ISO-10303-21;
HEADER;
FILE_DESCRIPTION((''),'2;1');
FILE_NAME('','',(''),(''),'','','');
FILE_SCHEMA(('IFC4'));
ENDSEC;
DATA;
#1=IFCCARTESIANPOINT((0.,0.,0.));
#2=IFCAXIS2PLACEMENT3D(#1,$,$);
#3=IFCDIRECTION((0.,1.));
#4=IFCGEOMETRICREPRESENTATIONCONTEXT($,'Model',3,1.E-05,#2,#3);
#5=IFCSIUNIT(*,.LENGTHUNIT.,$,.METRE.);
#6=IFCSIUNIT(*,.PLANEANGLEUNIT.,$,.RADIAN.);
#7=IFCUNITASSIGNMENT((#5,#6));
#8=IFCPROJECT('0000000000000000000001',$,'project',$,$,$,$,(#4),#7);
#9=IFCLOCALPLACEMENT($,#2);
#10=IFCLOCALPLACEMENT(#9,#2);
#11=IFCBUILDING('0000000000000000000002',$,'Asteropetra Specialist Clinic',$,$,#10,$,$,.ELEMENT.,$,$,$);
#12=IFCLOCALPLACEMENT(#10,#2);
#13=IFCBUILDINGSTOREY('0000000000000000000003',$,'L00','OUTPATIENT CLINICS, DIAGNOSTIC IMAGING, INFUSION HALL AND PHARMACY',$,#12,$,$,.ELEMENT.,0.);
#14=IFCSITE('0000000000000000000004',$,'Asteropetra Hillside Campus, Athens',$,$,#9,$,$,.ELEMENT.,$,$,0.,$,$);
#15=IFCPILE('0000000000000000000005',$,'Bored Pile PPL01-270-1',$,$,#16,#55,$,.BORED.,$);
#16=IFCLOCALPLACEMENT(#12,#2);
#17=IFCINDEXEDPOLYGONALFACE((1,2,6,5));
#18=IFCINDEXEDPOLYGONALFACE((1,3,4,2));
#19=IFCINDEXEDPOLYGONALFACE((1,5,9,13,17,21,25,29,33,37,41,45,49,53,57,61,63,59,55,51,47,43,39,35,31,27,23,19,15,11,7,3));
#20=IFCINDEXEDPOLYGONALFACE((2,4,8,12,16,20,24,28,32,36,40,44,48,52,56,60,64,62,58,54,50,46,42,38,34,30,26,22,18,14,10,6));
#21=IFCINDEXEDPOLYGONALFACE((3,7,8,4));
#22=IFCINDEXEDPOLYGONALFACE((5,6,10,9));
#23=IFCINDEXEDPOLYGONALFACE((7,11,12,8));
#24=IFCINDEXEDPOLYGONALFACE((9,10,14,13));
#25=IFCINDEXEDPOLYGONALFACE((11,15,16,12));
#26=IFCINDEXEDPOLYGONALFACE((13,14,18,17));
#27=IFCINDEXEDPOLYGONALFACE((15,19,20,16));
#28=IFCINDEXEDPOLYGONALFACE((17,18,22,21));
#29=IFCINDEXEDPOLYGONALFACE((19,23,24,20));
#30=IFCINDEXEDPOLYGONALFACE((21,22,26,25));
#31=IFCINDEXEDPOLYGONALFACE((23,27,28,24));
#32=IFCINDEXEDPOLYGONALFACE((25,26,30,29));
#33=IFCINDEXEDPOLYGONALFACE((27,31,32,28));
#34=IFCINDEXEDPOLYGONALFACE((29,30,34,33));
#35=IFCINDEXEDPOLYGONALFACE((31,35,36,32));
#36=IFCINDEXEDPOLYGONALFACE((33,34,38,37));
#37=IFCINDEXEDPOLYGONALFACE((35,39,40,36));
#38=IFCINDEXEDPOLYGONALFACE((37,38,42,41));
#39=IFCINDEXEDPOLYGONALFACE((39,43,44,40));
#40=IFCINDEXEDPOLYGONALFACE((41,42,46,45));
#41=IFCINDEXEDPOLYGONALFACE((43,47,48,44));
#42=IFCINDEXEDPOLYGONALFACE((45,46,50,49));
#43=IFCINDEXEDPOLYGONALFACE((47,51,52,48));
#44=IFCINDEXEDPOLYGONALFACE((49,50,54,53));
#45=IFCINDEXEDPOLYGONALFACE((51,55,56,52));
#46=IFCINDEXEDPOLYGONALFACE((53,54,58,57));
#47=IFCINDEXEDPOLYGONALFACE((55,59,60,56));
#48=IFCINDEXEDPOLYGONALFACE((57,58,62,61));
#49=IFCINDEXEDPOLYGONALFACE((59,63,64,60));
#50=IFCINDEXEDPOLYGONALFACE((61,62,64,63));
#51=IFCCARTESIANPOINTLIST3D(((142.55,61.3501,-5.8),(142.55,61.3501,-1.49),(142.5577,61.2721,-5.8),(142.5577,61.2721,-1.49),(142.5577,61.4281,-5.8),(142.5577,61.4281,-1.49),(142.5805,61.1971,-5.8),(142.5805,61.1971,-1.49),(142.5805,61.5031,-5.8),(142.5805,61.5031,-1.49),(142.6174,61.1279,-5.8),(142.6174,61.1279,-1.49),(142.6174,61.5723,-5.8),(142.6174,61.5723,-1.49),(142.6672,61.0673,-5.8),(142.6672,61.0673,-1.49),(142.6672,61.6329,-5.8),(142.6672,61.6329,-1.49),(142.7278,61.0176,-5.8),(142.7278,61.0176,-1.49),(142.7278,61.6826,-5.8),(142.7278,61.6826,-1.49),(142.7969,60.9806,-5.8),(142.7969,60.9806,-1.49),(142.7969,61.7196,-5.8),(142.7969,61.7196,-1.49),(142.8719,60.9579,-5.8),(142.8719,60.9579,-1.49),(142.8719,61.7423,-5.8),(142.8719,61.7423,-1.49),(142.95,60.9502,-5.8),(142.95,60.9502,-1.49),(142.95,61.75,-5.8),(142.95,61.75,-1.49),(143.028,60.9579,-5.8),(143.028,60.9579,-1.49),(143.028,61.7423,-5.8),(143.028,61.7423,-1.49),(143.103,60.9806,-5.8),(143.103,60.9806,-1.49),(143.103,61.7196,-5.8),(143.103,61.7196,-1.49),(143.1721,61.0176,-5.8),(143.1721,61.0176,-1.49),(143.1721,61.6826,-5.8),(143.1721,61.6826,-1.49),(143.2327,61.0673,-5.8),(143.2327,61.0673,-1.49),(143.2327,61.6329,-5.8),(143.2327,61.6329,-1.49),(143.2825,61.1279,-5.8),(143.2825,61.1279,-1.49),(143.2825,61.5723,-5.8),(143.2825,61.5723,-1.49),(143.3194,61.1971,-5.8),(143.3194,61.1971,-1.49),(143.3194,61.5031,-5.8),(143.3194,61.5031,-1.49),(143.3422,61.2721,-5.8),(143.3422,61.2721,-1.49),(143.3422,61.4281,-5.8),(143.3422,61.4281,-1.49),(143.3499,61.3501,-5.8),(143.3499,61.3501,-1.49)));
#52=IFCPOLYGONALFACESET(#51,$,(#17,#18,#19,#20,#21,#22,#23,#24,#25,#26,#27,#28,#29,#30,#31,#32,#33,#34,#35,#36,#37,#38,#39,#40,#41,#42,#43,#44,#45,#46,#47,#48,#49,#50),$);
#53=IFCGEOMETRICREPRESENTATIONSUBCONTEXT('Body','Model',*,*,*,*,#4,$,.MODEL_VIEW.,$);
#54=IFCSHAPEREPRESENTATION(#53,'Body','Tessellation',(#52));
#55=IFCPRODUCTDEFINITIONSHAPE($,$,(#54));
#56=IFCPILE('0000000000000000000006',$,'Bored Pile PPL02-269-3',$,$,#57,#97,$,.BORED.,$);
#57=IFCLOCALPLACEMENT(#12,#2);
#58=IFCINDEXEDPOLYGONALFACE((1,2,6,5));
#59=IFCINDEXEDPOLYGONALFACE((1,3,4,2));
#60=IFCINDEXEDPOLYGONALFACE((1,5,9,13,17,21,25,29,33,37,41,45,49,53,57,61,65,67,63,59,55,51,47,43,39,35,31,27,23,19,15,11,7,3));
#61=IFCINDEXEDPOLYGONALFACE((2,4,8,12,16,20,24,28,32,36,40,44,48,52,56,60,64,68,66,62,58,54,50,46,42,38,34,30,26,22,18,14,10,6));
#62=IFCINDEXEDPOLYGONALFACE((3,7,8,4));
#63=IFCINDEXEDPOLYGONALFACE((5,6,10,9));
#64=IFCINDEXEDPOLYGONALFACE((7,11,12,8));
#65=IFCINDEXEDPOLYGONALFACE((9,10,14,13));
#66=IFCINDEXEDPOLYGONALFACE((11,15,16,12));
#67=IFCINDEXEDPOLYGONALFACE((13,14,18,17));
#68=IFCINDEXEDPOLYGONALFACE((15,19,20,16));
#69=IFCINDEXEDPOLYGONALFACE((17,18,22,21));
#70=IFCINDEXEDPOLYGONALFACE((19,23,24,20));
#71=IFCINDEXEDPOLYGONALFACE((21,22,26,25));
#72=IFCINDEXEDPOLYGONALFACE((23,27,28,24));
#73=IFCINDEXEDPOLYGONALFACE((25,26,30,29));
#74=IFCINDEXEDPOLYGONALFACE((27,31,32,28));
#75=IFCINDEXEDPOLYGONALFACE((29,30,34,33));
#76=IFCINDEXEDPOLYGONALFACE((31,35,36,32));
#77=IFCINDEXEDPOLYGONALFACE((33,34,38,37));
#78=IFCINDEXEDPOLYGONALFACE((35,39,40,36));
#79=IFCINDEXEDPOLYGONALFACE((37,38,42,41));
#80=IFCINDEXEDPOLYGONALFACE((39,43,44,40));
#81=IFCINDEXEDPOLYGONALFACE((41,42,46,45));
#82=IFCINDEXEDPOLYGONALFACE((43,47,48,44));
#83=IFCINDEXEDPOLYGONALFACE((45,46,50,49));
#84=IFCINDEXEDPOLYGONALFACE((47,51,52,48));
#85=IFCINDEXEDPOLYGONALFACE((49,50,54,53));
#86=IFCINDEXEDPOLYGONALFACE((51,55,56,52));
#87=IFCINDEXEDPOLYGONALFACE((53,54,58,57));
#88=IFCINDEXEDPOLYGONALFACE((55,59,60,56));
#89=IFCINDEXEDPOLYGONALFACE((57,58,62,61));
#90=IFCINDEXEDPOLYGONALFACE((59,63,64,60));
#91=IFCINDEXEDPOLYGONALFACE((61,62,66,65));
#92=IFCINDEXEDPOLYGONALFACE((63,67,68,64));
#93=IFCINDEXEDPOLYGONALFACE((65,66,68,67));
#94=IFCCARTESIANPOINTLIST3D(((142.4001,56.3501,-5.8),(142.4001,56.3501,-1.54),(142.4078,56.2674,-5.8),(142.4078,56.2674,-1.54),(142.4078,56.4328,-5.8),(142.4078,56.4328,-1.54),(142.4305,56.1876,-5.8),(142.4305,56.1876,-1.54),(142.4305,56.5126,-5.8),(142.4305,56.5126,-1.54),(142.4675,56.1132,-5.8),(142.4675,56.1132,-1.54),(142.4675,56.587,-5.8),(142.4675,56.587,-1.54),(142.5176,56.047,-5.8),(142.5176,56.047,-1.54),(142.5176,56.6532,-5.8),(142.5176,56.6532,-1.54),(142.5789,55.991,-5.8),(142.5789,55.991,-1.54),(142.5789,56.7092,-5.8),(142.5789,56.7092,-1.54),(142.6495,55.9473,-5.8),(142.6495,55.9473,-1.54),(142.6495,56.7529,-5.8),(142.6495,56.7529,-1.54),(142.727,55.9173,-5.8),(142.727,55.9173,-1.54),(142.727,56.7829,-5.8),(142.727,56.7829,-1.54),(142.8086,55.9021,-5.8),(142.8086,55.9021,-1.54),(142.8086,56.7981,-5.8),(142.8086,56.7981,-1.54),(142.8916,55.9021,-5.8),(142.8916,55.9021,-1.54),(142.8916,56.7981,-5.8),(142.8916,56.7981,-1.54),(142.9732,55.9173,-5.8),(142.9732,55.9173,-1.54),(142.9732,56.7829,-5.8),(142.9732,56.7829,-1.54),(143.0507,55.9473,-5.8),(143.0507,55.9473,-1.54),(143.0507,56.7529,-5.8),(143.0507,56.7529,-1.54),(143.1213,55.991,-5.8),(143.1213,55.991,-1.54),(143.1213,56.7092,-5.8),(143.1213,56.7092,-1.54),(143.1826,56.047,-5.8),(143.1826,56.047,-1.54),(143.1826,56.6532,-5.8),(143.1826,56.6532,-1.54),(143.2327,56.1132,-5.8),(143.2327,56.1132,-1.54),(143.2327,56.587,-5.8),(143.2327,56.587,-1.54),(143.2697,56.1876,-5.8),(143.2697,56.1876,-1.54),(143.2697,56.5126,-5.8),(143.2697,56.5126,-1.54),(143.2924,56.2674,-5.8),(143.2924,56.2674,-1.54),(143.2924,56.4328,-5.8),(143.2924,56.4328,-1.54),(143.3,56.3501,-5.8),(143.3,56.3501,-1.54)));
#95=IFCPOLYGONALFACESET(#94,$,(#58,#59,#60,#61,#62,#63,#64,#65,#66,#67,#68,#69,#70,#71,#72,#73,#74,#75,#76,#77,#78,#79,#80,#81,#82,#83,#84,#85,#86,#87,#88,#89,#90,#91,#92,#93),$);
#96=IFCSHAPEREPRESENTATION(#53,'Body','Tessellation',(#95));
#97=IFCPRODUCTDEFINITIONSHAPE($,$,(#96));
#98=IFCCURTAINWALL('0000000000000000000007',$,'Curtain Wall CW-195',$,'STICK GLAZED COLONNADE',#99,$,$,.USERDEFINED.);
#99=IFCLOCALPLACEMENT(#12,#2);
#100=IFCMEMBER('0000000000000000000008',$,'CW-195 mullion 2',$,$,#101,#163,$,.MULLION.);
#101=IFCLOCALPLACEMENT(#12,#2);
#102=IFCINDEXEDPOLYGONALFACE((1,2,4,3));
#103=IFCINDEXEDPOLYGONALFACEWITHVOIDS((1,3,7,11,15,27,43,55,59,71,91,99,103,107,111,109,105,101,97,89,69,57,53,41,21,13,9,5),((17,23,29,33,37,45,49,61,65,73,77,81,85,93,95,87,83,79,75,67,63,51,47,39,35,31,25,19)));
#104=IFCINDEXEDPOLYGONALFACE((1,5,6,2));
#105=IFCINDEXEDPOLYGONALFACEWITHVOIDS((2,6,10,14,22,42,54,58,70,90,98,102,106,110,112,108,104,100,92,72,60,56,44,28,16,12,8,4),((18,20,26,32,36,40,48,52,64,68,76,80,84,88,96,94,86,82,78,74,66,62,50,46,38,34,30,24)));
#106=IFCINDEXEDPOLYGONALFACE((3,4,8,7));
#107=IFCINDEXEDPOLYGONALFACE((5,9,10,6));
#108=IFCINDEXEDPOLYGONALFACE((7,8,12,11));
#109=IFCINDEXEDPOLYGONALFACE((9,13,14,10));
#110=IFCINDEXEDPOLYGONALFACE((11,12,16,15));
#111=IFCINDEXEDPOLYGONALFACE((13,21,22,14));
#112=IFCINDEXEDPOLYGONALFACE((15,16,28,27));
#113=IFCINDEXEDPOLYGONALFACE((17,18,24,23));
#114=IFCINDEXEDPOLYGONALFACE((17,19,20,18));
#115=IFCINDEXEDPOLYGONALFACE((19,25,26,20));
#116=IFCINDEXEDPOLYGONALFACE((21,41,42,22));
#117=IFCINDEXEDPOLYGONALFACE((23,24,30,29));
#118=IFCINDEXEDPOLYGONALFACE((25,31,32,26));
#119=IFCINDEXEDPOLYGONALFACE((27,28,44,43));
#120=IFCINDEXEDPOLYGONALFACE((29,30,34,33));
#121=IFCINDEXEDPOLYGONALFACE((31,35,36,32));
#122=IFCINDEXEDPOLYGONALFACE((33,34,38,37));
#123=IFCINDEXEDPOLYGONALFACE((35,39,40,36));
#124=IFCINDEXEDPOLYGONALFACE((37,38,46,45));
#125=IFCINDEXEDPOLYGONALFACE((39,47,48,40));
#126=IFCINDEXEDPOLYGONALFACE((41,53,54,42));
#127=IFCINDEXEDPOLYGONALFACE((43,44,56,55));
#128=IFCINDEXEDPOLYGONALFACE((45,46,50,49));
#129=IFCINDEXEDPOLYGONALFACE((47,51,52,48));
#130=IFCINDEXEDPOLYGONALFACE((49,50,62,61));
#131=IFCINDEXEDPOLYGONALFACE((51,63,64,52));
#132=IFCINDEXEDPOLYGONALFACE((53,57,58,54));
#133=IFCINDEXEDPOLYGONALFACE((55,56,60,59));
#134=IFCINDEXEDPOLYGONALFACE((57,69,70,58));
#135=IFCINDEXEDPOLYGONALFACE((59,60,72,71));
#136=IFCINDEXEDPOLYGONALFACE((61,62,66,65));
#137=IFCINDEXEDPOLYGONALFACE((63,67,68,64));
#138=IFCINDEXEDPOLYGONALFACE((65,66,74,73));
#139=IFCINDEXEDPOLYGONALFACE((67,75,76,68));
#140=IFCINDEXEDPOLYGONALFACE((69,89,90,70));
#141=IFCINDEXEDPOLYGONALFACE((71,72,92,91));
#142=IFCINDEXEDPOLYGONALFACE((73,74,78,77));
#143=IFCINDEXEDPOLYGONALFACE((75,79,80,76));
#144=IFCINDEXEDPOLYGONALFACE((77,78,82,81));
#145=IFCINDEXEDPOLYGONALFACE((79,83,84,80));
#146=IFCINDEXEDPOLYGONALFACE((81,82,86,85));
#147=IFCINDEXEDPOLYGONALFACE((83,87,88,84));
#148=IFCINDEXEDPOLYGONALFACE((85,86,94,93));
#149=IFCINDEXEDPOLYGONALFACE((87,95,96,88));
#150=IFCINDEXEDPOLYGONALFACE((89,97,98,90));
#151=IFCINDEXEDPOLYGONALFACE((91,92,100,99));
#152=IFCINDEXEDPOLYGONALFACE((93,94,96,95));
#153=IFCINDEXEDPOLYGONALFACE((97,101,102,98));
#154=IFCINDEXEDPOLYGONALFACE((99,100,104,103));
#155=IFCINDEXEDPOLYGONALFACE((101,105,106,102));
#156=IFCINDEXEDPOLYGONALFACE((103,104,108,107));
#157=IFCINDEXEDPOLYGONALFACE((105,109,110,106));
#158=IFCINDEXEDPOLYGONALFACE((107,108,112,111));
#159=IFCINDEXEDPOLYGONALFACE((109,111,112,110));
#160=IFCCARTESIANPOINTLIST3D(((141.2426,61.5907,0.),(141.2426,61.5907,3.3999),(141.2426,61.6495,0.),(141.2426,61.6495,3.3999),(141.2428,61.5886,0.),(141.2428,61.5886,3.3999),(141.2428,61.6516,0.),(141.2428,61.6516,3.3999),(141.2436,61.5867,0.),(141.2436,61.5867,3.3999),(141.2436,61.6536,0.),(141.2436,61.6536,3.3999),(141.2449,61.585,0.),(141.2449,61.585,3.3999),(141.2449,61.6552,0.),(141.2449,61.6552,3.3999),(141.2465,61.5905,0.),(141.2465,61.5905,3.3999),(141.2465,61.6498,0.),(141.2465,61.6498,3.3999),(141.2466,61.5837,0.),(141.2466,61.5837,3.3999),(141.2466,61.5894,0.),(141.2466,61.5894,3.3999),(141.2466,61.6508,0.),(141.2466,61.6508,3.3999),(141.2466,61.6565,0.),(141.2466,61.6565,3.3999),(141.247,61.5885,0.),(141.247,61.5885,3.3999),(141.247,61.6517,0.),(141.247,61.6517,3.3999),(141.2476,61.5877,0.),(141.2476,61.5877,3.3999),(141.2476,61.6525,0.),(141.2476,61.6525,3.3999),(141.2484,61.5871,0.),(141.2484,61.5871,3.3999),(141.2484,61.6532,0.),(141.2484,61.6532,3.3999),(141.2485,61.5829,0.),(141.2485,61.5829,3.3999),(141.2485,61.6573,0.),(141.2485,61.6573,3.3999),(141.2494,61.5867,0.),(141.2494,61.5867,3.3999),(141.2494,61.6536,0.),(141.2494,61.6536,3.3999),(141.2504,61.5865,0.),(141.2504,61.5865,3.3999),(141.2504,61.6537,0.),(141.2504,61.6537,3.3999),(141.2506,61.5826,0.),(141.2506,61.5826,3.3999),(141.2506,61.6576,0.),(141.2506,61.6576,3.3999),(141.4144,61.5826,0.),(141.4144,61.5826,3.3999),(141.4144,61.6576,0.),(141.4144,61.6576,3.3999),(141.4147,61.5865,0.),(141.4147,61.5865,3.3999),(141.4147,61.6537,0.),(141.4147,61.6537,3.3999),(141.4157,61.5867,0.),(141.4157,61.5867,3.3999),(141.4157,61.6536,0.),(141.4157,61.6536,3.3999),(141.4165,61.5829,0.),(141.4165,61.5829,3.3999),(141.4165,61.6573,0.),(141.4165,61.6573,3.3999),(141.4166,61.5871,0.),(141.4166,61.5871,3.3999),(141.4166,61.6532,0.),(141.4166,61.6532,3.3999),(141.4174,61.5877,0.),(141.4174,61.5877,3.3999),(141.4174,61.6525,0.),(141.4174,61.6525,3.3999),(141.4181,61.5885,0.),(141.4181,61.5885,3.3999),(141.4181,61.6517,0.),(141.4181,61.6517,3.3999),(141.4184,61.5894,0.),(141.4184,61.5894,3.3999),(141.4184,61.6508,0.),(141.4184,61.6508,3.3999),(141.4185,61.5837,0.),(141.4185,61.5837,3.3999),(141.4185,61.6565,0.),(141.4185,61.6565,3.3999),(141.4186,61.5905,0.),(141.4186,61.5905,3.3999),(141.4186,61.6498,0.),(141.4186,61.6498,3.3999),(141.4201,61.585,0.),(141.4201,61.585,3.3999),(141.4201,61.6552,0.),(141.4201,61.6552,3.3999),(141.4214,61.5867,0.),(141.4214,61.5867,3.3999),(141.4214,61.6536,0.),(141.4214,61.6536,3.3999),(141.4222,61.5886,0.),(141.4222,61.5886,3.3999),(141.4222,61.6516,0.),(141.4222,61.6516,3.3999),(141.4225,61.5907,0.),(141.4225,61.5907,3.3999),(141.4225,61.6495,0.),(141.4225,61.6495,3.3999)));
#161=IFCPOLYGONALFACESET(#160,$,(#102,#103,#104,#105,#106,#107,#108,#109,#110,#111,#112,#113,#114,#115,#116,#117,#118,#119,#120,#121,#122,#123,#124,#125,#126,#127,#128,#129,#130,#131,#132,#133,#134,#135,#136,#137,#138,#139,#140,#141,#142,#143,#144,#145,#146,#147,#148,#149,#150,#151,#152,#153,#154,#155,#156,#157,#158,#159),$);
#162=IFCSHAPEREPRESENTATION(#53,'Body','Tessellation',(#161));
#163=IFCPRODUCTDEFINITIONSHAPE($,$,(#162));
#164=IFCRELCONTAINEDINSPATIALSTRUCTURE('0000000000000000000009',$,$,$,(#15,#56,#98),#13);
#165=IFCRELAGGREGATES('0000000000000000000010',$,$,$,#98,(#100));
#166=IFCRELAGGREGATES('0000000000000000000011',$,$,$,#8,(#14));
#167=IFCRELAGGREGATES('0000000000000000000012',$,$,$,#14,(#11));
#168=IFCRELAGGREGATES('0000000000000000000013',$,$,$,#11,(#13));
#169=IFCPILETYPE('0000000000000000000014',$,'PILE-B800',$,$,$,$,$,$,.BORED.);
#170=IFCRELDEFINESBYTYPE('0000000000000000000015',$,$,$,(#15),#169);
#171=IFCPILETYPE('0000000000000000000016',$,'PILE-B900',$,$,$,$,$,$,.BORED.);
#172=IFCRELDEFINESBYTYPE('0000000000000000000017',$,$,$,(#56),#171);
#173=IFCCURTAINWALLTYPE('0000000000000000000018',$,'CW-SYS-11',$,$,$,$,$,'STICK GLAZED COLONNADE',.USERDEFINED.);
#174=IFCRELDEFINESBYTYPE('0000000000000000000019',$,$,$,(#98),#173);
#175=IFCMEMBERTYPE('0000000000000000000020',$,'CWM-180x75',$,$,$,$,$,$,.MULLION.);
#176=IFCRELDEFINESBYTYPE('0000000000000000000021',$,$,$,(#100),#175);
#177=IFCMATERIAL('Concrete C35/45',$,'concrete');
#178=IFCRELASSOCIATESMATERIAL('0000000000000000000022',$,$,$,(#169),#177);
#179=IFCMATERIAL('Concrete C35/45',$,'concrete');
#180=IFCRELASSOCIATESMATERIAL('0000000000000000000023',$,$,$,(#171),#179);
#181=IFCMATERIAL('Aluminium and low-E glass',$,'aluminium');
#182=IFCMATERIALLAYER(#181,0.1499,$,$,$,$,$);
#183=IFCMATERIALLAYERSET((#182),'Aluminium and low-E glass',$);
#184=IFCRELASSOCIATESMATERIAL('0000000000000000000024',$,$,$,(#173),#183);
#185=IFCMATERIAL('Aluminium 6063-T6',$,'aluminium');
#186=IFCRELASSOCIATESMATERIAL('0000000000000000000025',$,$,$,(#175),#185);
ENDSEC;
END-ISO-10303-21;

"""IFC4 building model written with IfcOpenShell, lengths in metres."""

from ifc_helpers import new_model, si_unit, direction, frame, origin, origin_2d, place, context, subcontext, project, spatial, hollow_rectangle, circle, extrude, material, layer, layer_set, material_profile, profile_set, type_object, element, aggregate, save


model = new_model("IFC4")

# Units and contexts
model_context = context("Model", 3, precision=1e-05, world=origin(), true_north=direction((0.0, 1.0)))
body_context = subcontext(model_context, "Body", "Model", "MODEL_VIEW")
ifc_project = project(units=[si_unit("LENGTHUNIT", "METRE"), si_unit("PLANEANGLEUNIT", "RADIAN")], contexts=[model_context])

# Site, building, storey
site_placement = place(None, origin())
site = spatial("IfcSite", under=ifc_project, at=site_placement, Name="Asteropetra Hillside Campus, Athens", CompositionType="ELEMENT", RefElevation=0.0)
building_placement = place(site_placement, origin())
building = spatial("IfcBuilding", under=site, at=building_placement, Name="Asteropetra Specialist Clinic", CompositionType="ELEMENT")
storey_placement = place(building_placement, origin())
storey = spatial("IfcBuildingStorey", under=building, at=storey_placement, Name="L00", Description="OUTPATIENT CLINICS, DIAGNOSTIC IMAGING, INFUSION HALL AND PHARMACY", CompositionType="ELEMENT", Elevation=0.0)

# Piles
ifc_material_1 = material(Name="Concrete C35/45", Category="concrete")
ifc_material_profile_1 = material_profile(ifc_material_1, circle(Radius=0.3999, at=origin_2d()), Name="PILE D800")
ifc_profile_set_1 = profile_set([ifc_material_profile_1], Name="Concrete C35/45")
pile_type_1 = type_object("IfcPileType", Name="PILE-B800", PredefinedType="BORED", material=ifc_profile_set_1)
pile_1_placement = place(storey_placement, frame((142.95, 61.3501, -1.49), z_axis=(0.0, 0.0, -1.0), x_axis=(1.0, 0.0, 0.0)))
element("IfcPile", 1, at=pile_1_placement, inside=storey, type_object=pile_type_1, Name="Bored Pile PPL01-270-1", PredefinedType="BORED", context=body_context, shape_type="SweptSolid", body=[
    extrude(circle(Radius=0.3999, at=origin_2d()), origin(), (0.0, 0.0, 1.0), 4.3101),
])
ifc_material_2 = material(Name="Concrete C35/45", Category="concrete")
ifc_material_profile_2 = material_profile(ifc_material_2, circle(Radius=0.45, at=origin_2d()), Name="PILE D900")
ifc_profile_set_2 = profile_set([ifc_material_profile_2], Name="Concrete C35/45")
pile_type_2 = type_object("IfcPileType", Name="PILE-B900", PredefinedType="BORED", material=ifc_profile_set_2)
pile_2_placement = place(storey_placement, frame((142.8501, 56.3501, -1.54), z_axis=(0.0, 0.0, -1.0), x_axis=(1.0, 0.0, 0.0)))
element("IfcPile", 2, at=pile_2_placement, inside=storey, type_object=pile_type_2, Name="Bored Pile PPL02-269-3", PredefinedType="BORED", context=body_context, shape_type="SweptSolid", body=[
    extrude(circle(Radius=0.45, at=origin_2d()), origin(), (0.0, 0.0, 1.0), 4.26),
])

# Curtain wall, member
ifc_material_3 = material(Name="Aluminium and low-E glass", Category="aluminium")
ifc_layer_1 = layer(ifc_material_3, 0.1499)
ifc_layer_set_1 = layer_set([ifc_layer_1], Name="Aluminium and low-E glass")
curtain_wall_type = type_object("IfcCurtainWallType", Name="CW-SYS-11", ElementType="STICK GLAZED COLONNADE", PredefinedType="USERDEFINED", material=ifc_layer_set_1)
curtain_wall_placement = place(storey_placement, origin())
curtain_wall = element("IfcCurtainWall", 3, at=curtain_wall_placement, inside=storey, type_object=curtain_wall_type, Name="Curtain Wall CW-195", ObjectType="STICK GLAZED COLONNADE", PredefinedType="USERDEFINED")
ifc_material_4 = material(Name="Aluminium 6063-T6", Category="aluminium")
ifc_material_profile_3 = material_profile(ifc_material_4, hollow_rectangle(XDim=0.075, YDim=0.1799, WallThickness=0.0039, InnerFilletRadius=0.0039, OuterFilletRadius=0.0081, at=origin_2d()), Name="MUL 180x75x4.0")
ifc_profile_set_3 = profile_set([ifc_material_profile_3], Name="Aluminium 6063-T6")
member_type_1 = type_object("IfcMemberType", Name="CWM-180x75", PredefinedType="MULLION", material=ifc_profile_set_3)
member_1_placement = place(storey_placement, frame((141.3325, 61.6201, 0.0), z_axis=(0.0, 0.0, 1.0), x_axis=(0.0, -1.0, 0.0)))
member_1 = element("IfcMember", 4, at=member_1_placement, type_object=member_type_1, Name="CW-195 mullion 2", PredefinedType="MULLION", context=body_context, shape_type="SweptSolid", body=[
    extrude(hollow_rectangle(XDim=0.075, YDim=0.1799, WallThickness=0.0039, InnerFilletRadius=0.0039, OuterFilletRadius=0.0081, at=origin_2d()), origin(), (0.0, 0.0, 1.0), 3.3999),
])
aggregate(curtain_wall, [member_1])

save(model, "model.ifc")
